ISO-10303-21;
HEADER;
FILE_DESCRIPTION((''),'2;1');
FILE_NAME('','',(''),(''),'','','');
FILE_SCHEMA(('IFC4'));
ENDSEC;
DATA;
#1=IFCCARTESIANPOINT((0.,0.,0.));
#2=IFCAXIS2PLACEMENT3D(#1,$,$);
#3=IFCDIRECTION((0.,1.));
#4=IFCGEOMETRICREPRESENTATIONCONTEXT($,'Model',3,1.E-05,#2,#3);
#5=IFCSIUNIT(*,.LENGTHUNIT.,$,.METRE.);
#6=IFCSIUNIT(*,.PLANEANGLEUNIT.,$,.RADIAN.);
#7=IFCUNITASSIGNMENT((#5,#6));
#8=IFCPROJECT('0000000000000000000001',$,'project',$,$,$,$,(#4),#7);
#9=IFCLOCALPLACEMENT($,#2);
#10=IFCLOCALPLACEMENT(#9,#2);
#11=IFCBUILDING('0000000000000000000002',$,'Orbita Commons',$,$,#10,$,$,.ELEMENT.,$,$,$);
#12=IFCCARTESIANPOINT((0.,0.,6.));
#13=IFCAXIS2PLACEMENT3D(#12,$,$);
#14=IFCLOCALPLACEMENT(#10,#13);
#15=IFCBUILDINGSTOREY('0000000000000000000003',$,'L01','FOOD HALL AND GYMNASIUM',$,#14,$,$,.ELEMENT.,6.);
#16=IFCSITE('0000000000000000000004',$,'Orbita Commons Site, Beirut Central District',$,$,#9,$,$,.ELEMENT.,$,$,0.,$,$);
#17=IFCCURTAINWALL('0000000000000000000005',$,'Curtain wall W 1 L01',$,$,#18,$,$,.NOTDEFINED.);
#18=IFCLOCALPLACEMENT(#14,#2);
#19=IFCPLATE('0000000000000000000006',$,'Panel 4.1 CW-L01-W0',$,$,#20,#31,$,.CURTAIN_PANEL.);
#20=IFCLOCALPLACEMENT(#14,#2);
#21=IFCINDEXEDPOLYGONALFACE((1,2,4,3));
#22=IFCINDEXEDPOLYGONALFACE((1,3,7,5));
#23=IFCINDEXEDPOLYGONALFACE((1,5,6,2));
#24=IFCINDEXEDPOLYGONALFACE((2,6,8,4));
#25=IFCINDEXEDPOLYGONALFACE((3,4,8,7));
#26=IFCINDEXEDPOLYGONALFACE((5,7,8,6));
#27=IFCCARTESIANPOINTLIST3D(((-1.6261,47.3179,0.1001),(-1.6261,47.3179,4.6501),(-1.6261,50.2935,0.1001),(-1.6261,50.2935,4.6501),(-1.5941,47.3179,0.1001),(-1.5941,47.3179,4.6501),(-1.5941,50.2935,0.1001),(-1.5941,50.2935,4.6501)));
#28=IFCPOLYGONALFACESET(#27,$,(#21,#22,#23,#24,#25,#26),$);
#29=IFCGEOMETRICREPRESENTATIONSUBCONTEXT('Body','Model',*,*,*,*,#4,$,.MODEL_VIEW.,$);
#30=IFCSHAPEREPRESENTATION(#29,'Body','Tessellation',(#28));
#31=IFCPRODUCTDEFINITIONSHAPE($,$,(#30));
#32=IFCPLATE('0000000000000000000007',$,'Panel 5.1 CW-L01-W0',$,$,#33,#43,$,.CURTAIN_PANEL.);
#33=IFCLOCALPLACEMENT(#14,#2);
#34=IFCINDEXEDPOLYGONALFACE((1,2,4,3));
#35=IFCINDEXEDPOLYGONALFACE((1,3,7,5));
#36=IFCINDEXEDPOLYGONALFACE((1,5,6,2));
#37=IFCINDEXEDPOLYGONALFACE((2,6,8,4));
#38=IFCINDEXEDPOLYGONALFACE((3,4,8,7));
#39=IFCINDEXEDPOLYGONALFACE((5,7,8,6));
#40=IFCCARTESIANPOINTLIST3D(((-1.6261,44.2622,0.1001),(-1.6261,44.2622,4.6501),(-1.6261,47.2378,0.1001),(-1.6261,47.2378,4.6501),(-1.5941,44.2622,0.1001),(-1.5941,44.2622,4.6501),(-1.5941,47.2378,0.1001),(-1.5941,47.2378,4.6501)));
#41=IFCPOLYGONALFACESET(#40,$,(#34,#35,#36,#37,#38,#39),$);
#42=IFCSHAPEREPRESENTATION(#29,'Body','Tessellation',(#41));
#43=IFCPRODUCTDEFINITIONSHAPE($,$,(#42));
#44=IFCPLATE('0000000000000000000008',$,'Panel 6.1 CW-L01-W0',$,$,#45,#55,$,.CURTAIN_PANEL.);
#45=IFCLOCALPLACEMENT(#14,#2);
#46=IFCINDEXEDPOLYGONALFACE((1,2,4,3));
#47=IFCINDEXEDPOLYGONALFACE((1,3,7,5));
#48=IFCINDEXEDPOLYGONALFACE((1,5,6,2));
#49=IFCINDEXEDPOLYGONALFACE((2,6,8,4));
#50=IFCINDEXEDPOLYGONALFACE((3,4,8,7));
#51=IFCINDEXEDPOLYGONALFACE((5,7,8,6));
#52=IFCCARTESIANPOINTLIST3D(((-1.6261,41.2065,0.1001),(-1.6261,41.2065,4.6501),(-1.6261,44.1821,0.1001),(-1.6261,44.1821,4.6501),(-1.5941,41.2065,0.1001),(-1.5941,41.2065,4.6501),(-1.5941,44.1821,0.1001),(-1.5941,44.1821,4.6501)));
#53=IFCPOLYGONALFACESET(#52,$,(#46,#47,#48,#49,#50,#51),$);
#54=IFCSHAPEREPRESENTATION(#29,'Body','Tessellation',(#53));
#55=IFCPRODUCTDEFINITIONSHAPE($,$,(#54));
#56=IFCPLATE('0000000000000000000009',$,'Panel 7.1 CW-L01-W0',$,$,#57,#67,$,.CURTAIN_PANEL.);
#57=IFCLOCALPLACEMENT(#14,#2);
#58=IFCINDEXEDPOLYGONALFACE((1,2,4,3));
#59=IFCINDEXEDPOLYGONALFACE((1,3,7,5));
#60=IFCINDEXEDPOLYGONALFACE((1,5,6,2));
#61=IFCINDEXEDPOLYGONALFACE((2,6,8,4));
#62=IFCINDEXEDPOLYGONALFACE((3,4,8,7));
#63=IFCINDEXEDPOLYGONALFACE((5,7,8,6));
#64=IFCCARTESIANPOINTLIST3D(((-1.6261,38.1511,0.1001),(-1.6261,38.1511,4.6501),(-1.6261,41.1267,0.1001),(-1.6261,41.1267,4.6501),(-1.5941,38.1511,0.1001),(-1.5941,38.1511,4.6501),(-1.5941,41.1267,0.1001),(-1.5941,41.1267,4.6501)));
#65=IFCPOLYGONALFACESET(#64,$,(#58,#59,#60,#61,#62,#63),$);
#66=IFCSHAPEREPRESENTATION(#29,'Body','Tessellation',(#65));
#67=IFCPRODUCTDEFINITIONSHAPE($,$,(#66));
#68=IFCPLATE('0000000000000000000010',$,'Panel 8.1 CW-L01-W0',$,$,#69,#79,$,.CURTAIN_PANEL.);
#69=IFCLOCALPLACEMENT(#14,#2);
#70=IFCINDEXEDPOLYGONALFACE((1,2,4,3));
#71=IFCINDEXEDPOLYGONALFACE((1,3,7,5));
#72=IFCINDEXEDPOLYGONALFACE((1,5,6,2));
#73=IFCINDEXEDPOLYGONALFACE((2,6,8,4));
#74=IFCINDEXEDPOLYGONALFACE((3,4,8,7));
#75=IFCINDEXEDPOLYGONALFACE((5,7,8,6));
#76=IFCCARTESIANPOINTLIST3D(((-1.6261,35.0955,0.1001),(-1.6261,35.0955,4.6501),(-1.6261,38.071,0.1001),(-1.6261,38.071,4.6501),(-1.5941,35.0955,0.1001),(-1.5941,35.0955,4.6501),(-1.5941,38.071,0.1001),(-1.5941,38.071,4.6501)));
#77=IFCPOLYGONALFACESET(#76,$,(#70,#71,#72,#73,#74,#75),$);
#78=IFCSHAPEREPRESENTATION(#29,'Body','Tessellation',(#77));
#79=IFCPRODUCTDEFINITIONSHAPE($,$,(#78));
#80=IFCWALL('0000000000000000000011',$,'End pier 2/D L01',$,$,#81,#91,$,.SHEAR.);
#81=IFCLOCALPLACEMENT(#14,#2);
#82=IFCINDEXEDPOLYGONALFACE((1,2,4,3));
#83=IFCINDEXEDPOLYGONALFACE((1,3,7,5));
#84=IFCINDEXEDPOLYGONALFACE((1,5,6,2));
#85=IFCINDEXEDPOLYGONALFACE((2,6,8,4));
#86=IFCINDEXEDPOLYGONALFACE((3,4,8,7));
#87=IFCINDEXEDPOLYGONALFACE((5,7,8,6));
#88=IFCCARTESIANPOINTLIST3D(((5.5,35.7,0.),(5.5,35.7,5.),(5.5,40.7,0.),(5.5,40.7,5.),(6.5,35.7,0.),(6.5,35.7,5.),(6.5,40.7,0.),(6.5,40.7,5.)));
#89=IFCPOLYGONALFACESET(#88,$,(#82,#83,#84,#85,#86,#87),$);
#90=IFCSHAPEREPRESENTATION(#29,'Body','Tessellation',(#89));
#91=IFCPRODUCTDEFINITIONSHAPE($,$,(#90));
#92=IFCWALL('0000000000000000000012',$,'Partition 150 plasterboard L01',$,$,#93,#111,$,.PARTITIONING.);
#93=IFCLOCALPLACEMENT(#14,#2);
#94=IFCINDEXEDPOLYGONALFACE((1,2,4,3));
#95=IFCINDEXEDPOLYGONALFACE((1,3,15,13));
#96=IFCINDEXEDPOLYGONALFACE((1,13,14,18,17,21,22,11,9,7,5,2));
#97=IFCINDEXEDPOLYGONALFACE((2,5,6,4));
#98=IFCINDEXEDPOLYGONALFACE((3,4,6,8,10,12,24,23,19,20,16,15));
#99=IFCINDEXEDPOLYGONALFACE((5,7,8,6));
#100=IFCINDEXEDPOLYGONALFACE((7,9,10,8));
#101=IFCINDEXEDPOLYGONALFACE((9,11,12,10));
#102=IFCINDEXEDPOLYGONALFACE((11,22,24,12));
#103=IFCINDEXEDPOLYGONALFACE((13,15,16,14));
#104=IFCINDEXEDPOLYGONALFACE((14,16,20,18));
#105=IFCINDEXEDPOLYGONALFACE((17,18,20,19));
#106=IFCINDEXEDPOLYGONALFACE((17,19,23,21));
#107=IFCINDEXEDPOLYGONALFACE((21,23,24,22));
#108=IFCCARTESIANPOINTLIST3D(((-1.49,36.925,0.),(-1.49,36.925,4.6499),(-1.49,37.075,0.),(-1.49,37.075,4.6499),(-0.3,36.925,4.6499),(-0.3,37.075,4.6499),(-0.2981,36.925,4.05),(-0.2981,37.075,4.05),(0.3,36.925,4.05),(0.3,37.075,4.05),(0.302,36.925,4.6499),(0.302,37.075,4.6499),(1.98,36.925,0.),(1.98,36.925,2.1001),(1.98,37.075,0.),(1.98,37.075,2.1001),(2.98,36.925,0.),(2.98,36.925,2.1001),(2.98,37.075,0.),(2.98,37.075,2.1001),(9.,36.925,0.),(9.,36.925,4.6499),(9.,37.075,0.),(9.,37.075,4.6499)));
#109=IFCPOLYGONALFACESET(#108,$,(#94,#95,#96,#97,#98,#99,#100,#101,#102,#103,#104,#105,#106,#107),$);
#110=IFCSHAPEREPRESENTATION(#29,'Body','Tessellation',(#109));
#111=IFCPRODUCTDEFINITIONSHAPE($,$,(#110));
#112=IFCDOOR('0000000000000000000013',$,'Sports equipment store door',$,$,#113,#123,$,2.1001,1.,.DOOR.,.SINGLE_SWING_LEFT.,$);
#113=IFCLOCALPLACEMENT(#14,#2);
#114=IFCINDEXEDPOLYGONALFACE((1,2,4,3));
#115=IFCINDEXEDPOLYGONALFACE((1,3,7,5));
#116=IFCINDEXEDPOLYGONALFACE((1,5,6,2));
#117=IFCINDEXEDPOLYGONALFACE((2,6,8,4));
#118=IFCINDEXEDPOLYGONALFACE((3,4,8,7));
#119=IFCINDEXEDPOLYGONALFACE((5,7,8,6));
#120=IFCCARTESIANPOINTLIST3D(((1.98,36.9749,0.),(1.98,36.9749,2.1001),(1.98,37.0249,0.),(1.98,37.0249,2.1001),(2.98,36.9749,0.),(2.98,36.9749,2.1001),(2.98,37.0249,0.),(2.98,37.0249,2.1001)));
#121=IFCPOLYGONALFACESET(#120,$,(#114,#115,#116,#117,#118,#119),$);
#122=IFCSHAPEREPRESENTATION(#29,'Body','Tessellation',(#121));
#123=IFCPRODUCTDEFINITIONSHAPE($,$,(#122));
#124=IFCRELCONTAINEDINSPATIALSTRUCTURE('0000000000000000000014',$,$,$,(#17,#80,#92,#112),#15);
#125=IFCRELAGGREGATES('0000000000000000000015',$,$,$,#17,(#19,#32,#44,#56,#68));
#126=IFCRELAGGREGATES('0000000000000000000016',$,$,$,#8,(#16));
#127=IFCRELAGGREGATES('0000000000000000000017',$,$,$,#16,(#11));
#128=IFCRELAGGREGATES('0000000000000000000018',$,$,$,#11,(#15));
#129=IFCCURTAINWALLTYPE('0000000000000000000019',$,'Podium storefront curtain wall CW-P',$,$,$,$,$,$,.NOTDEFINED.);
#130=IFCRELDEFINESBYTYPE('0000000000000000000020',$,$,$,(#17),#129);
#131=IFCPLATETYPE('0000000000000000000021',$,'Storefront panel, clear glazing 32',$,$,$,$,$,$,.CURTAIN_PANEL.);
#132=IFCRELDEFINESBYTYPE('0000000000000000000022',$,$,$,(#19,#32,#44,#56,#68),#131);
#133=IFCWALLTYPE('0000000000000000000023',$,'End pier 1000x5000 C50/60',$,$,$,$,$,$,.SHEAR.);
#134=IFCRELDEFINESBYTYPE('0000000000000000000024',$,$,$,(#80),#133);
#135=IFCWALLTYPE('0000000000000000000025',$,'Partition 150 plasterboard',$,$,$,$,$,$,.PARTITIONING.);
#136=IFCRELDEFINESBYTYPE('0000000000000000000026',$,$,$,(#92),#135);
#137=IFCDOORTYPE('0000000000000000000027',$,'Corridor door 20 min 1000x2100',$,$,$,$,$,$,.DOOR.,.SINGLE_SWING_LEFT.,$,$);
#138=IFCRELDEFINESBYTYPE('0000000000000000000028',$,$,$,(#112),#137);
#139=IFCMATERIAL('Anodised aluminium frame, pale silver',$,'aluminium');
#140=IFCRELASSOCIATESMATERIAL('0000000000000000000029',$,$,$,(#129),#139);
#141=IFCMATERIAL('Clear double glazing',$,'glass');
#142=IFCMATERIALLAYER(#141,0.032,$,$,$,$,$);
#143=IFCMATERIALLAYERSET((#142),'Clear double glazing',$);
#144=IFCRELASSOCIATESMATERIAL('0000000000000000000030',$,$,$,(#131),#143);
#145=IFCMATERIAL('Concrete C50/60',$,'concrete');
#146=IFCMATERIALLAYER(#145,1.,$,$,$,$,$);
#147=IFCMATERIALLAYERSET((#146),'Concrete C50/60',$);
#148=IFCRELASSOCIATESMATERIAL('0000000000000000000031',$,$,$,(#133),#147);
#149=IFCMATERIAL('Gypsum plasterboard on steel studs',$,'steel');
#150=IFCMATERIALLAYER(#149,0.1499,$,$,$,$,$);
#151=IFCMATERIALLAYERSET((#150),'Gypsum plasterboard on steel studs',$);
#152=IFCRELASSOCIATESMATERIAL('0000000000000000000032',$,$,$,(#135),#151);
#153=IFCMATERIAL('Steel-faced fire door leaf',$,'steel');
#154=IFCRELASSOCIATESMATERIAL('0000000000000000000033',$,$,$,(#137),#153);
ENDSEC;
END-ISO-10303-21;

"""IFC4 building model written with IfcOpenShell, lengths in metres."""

from ifc_helpers import new_model, si_unit, direction, frame, frame_2d, origin, origin_2d, place, context, subcontext, project, spatial, polyline, rectangle, outline, extrude, material, layer, layer_set, type_object, element, fill, aggregate, save


model = new_model("IFC4")

# Units and contexts
model_context = context("Model", 3, precision=1e-05, world=origin(), true_north=direction((0.0, 1.0)))
body_context = subcontext(model_context, "Body", "Model", "MODEL_VIEW")
ifc_project = project(units=[si_unit("LENGTHUNIT", "METRE"), si_unit("PLANEANGLEUNIT", "RADIAN")], contexts=[model_context])

# Site, building, storey
site_placement = place(None, origin())
site = spatial("IfcSite", under=ifc_project, at=site_placement, Name="Orbita Commons Site, Beirut Central District", CompositionType="ELEMENT", RefElevation=0.0)
building_placement = place(site_placement, origin())
building = spatial("IfcBuilding", under=site, at=building_placement, Name="Orbita Commons", CompositionType="ELEMENT")
storey_placement = place(building_placement, frame((0.0, 0.0, 6.0)))
storey = spatial("IfcBuildingStorey", under=building, at=storey_placement, Name="L01", Description="FOOD HALL AND GYMNASIUM", CompositionType="ELEMENT", Elevation=6.0)

# Curtain wall
ifc_material_1 = material(Name="Anodised aluminium frame, pale silver", Category="aluminium")
curtain_wall_type = type_object("IfcCurtainWallType", Name="Podium storefront curtain wall CW-P", PredefinedType="NOTDEFINED", material=ifc_material_1)
curtain_wall_placement = place(storey_placement, origin())
curtain_wall = element("IfcCurtainWall", 1, at=curtain_wall_placement, inside=storey, type_object=curtain_wall_type, Name="Curtain wall W 1 L01", PredefinedType="NOTDEFINED")

# Plates
ifc_material_2 = material(Name="Clear double glazing", Category="glass")
ifc_layer_1 = layer(ifc_material_2, 0.032)
ifc_layer_set_1 = layer_set([ifc_layer_1], Name="Clear double glazing")
plate_type = type_object("IfcPlateType", Name="Storefront panel, clear glazing 32", PredefinedType="CURTAIN_PANEL", material=ifc_layer_set_1)
plate_1_placement = place(storey_placement, frame((-1.6101, 48.8057, 0.1001), z_axis=(0.0, 0.0, 1.0), x_axis=(0.0, -1.0, 0.0)))
plate_1 = element("IfcPlate", 2, at=plate_1_placement, type_object=plate_type, Name="Panel 4.1 CW-L01-W0", PredefinedType="CURTAIN_PANEL", context=body_context, shape_type="SweptSolid", body=[
    extrude(rectangle(XDim=2.9756, YDim=0.032, at=origin_2d()), origin(), (0.0, 0.0, 1.0), 4.55),
])
plate_2_placement = place(storey_placement, frame((-1.6101, 45.75, 0.1001), z_axis=(0.0, 0.0, 1.0), x_axis=(0.0, -1.0, 0.0)))
plate_2 = element("IfcPlate", 3, at=plate_2_placement, type_object=plate_type, Name="Panel 5.1 CW-L01-W0", PredefinedType="CURTAIN_PANEL", context=body_context, shape_type="SweptSolid", body=[
    extrude(rectangle(XDim=2.9756, YDim=0.032, at=origin_2d()), origin(), (0.0, 0.0, 1.0), 4.55),
])
plate_3_placement = place(storey_placement, frame((-1.6101, 42.6943, 0.1001), z_axis=(0.0, 0.0, 1.0), x_axis=(0.0, -1.0, 0.0)))
plate_3 = element("IfcPlate", 4, at=plate_3_placement, type_object=plate_type, Name="Panel 6.1 CW-L01-W0", PredefinedType="CURTAIN_PANEL", context=body_context, shape_type="SweptSolid", body=[
    extrude(rectangle(XDim=2.9756, YDim=0.032, at=origin_2d()), origin(), (0.0, 0.0, 1.0), 4.55),
])
plate_4_placement = place(storey_placement, frame((-1.6101, 39.6389, 0.1001), z_axis=(0.0, 0.0, 1.0), x_axis=(0.0, -1.0, 0.0)))
plate_4 = element("IfcPlate", 5, at=plate_4_placement, type_object=plate_type, Name="Panel 7.1 CW-L01-W0", PredefinedType="CURTAIN_PANEL", context=body_context, shape_type="SweptSolid", body=[
    extrude(rectangle(XDim=2.9756, YDim=0.032, at=origin_2d()), origin(), (0.0, 0.0, 1.0), 4.55),
])
plate_5_placement = place(storey_placement, frame((-1.6101, 36.5833, 0.1001), z_axis=(0.0, 0.0, 1.0), x_axis=(0.0, -1.0, 0.0)))
plate_5 = element("IfcPlate", 6, at=plate_5_placement, type_object=plate_type, Name="Panel 8.1 CW-L01-W0", PredefinedType="CURTAIN_PANEL", context=body_context, shape_type="SweptSolid", body=[
    extrude(rectangle(XDim=2.9756, YDim=0.032, at=origin_2d()), origin(), (0.0, 0.0, 1.0), 4.55),
])
aggregate(curtain_wall, [plate_1, plate_2, plate_3, plate_4, plate_5])

# Wall
ifc_material_3 = material(Name="Concrete C50/60", Category="concrete")
ifc_layer_2 = layer(ifc_material_3, 1.0)
ifc_layer_set_2 = layer_set([ifc_layer_2], Name="Concrete C50/60")
wall_type_1 = type_object("IfcWallType", Name="End pier 1000x5000 C50/60", PredefinedType="SHEAR", material=ifc_layer_set_2)
wall_1_placement = place(storey_placement, frame((6.0, 35.7, 0.0), z_axis=(0.0, 0.0, 1.0), x_axis=(0.0, 1.0, 0.0)))
element("IfcWall", 7, at=wall_1_placement, inside=storey, type_object=wall_type_1, Name="End pier 2/D L01", PredefinedType="SHEAR", context=body_context, shape_type="SweptSolid", body=[
    extrude(rectangle(XDim=5.0, YDim=1.0, at=frame_2d((2.5, 0.0))), origin(), (0.0, 0.0, 1.0), 5.0),
])

# Wall, opening, door
ifc_material_4 = material(Name="Gypsum plasterboard on steel studs", Category="steel")
ifc_layer_3 = layer(ifc_material_4, 0.1499)
ifc_layer_set_3 = layer_set([ifc_layer_3], Name="Gypsum plasterboard on steel studs")
wall_type_2 = type_object("IfcWallType", Name="Partition 150 plasterboard", PredefinedType="PARTITIONING", material=ifc_layer_set_3)
wall_2_placement = place(storey_placement, frame((-1.49, 37.0, 0.0), z_axis=(0.0, 0.0, 1.0), x_axis=(1.0, 0.0, 0.0)))
wall_2 = element("IfcWall", 8, at=wall_2_placement, inside=storey, type_object=wall_type_2, Name="Partition 150 plasterboard L01", PredefinedType="PARTITIONING", context=body_context, shape_type="SweptSolid", body=[
    extrude(outline(polyline([(0.0, 0.0), (10.49, 0.0), (10.49, 4.6499), (1.792, 4.6499), (1.79, 4.05), (1.1919, 4.05), (1.1899, 4.6499), (0.0, 4.6499), (0.0, 0.0)])), frame((0.0, 0.075, 0.0), z_axis=(0.0, -1.0, 0.0), x_axis=(1.0, 0.0, 0.0)), (0.0, 0.0, 1.0), 0.1499),
])
opening_placement = place(wall_2_placement, frame((3.47, 0.0, 0.0)))
opening = element("IfcOpeningElement", 9, at=opening_placement, cuts=wall_2, PredefinedType="OPENING", context=body_context, shape_type="SweptSolid", body=[
    extrude(rectangle(XDim=1.0, YDim=2.1001, at=frame_2d((0.5, 1.05))), frame((0.0, 0.085, 0.0), z_axis=(0.0, -1.0, 0.0), x_axis=(1.0, 0.0, 0.0)), (0.0, 0.0, 1.0), 0.1699),
])
ifc_material_5 = material(Name="Steel-faced fire door leaf", Category="steel")
door_type = type_object("IfcDoorType", Name="Corridor door 20 min 1000x2100", OperationType="SINGLE_SWING_LEFT", PredefinedType="DOOR", material=ifc_material_5)
door_placement = place(opening_placement, origin())
door = element("IfcDoor", 10, at=door_placement, inside=storey, type_object=door_type, Name="Sports equipment store door", OperationType="SINGLE_SWING_LEFT", OverallHeight=2.1001, OverallWidth=1.0, PredefinedType="DOOR", context=body_context, shape_type="SweptSolid", body=[
    extrude(rectangle(XDim=1.0, YDim=2.1001, at=frame_2d((0.5, 1.05))), frame((0.0, 0.0249, 0.0), z_axis=(0.0, -1.0, 0.0), x_axis=(1.0, 0.0, 0.0)), (0.0, 0.0, 1.0), 0.05),
])
fill(opening, door)

save(model, "model.ifc")
